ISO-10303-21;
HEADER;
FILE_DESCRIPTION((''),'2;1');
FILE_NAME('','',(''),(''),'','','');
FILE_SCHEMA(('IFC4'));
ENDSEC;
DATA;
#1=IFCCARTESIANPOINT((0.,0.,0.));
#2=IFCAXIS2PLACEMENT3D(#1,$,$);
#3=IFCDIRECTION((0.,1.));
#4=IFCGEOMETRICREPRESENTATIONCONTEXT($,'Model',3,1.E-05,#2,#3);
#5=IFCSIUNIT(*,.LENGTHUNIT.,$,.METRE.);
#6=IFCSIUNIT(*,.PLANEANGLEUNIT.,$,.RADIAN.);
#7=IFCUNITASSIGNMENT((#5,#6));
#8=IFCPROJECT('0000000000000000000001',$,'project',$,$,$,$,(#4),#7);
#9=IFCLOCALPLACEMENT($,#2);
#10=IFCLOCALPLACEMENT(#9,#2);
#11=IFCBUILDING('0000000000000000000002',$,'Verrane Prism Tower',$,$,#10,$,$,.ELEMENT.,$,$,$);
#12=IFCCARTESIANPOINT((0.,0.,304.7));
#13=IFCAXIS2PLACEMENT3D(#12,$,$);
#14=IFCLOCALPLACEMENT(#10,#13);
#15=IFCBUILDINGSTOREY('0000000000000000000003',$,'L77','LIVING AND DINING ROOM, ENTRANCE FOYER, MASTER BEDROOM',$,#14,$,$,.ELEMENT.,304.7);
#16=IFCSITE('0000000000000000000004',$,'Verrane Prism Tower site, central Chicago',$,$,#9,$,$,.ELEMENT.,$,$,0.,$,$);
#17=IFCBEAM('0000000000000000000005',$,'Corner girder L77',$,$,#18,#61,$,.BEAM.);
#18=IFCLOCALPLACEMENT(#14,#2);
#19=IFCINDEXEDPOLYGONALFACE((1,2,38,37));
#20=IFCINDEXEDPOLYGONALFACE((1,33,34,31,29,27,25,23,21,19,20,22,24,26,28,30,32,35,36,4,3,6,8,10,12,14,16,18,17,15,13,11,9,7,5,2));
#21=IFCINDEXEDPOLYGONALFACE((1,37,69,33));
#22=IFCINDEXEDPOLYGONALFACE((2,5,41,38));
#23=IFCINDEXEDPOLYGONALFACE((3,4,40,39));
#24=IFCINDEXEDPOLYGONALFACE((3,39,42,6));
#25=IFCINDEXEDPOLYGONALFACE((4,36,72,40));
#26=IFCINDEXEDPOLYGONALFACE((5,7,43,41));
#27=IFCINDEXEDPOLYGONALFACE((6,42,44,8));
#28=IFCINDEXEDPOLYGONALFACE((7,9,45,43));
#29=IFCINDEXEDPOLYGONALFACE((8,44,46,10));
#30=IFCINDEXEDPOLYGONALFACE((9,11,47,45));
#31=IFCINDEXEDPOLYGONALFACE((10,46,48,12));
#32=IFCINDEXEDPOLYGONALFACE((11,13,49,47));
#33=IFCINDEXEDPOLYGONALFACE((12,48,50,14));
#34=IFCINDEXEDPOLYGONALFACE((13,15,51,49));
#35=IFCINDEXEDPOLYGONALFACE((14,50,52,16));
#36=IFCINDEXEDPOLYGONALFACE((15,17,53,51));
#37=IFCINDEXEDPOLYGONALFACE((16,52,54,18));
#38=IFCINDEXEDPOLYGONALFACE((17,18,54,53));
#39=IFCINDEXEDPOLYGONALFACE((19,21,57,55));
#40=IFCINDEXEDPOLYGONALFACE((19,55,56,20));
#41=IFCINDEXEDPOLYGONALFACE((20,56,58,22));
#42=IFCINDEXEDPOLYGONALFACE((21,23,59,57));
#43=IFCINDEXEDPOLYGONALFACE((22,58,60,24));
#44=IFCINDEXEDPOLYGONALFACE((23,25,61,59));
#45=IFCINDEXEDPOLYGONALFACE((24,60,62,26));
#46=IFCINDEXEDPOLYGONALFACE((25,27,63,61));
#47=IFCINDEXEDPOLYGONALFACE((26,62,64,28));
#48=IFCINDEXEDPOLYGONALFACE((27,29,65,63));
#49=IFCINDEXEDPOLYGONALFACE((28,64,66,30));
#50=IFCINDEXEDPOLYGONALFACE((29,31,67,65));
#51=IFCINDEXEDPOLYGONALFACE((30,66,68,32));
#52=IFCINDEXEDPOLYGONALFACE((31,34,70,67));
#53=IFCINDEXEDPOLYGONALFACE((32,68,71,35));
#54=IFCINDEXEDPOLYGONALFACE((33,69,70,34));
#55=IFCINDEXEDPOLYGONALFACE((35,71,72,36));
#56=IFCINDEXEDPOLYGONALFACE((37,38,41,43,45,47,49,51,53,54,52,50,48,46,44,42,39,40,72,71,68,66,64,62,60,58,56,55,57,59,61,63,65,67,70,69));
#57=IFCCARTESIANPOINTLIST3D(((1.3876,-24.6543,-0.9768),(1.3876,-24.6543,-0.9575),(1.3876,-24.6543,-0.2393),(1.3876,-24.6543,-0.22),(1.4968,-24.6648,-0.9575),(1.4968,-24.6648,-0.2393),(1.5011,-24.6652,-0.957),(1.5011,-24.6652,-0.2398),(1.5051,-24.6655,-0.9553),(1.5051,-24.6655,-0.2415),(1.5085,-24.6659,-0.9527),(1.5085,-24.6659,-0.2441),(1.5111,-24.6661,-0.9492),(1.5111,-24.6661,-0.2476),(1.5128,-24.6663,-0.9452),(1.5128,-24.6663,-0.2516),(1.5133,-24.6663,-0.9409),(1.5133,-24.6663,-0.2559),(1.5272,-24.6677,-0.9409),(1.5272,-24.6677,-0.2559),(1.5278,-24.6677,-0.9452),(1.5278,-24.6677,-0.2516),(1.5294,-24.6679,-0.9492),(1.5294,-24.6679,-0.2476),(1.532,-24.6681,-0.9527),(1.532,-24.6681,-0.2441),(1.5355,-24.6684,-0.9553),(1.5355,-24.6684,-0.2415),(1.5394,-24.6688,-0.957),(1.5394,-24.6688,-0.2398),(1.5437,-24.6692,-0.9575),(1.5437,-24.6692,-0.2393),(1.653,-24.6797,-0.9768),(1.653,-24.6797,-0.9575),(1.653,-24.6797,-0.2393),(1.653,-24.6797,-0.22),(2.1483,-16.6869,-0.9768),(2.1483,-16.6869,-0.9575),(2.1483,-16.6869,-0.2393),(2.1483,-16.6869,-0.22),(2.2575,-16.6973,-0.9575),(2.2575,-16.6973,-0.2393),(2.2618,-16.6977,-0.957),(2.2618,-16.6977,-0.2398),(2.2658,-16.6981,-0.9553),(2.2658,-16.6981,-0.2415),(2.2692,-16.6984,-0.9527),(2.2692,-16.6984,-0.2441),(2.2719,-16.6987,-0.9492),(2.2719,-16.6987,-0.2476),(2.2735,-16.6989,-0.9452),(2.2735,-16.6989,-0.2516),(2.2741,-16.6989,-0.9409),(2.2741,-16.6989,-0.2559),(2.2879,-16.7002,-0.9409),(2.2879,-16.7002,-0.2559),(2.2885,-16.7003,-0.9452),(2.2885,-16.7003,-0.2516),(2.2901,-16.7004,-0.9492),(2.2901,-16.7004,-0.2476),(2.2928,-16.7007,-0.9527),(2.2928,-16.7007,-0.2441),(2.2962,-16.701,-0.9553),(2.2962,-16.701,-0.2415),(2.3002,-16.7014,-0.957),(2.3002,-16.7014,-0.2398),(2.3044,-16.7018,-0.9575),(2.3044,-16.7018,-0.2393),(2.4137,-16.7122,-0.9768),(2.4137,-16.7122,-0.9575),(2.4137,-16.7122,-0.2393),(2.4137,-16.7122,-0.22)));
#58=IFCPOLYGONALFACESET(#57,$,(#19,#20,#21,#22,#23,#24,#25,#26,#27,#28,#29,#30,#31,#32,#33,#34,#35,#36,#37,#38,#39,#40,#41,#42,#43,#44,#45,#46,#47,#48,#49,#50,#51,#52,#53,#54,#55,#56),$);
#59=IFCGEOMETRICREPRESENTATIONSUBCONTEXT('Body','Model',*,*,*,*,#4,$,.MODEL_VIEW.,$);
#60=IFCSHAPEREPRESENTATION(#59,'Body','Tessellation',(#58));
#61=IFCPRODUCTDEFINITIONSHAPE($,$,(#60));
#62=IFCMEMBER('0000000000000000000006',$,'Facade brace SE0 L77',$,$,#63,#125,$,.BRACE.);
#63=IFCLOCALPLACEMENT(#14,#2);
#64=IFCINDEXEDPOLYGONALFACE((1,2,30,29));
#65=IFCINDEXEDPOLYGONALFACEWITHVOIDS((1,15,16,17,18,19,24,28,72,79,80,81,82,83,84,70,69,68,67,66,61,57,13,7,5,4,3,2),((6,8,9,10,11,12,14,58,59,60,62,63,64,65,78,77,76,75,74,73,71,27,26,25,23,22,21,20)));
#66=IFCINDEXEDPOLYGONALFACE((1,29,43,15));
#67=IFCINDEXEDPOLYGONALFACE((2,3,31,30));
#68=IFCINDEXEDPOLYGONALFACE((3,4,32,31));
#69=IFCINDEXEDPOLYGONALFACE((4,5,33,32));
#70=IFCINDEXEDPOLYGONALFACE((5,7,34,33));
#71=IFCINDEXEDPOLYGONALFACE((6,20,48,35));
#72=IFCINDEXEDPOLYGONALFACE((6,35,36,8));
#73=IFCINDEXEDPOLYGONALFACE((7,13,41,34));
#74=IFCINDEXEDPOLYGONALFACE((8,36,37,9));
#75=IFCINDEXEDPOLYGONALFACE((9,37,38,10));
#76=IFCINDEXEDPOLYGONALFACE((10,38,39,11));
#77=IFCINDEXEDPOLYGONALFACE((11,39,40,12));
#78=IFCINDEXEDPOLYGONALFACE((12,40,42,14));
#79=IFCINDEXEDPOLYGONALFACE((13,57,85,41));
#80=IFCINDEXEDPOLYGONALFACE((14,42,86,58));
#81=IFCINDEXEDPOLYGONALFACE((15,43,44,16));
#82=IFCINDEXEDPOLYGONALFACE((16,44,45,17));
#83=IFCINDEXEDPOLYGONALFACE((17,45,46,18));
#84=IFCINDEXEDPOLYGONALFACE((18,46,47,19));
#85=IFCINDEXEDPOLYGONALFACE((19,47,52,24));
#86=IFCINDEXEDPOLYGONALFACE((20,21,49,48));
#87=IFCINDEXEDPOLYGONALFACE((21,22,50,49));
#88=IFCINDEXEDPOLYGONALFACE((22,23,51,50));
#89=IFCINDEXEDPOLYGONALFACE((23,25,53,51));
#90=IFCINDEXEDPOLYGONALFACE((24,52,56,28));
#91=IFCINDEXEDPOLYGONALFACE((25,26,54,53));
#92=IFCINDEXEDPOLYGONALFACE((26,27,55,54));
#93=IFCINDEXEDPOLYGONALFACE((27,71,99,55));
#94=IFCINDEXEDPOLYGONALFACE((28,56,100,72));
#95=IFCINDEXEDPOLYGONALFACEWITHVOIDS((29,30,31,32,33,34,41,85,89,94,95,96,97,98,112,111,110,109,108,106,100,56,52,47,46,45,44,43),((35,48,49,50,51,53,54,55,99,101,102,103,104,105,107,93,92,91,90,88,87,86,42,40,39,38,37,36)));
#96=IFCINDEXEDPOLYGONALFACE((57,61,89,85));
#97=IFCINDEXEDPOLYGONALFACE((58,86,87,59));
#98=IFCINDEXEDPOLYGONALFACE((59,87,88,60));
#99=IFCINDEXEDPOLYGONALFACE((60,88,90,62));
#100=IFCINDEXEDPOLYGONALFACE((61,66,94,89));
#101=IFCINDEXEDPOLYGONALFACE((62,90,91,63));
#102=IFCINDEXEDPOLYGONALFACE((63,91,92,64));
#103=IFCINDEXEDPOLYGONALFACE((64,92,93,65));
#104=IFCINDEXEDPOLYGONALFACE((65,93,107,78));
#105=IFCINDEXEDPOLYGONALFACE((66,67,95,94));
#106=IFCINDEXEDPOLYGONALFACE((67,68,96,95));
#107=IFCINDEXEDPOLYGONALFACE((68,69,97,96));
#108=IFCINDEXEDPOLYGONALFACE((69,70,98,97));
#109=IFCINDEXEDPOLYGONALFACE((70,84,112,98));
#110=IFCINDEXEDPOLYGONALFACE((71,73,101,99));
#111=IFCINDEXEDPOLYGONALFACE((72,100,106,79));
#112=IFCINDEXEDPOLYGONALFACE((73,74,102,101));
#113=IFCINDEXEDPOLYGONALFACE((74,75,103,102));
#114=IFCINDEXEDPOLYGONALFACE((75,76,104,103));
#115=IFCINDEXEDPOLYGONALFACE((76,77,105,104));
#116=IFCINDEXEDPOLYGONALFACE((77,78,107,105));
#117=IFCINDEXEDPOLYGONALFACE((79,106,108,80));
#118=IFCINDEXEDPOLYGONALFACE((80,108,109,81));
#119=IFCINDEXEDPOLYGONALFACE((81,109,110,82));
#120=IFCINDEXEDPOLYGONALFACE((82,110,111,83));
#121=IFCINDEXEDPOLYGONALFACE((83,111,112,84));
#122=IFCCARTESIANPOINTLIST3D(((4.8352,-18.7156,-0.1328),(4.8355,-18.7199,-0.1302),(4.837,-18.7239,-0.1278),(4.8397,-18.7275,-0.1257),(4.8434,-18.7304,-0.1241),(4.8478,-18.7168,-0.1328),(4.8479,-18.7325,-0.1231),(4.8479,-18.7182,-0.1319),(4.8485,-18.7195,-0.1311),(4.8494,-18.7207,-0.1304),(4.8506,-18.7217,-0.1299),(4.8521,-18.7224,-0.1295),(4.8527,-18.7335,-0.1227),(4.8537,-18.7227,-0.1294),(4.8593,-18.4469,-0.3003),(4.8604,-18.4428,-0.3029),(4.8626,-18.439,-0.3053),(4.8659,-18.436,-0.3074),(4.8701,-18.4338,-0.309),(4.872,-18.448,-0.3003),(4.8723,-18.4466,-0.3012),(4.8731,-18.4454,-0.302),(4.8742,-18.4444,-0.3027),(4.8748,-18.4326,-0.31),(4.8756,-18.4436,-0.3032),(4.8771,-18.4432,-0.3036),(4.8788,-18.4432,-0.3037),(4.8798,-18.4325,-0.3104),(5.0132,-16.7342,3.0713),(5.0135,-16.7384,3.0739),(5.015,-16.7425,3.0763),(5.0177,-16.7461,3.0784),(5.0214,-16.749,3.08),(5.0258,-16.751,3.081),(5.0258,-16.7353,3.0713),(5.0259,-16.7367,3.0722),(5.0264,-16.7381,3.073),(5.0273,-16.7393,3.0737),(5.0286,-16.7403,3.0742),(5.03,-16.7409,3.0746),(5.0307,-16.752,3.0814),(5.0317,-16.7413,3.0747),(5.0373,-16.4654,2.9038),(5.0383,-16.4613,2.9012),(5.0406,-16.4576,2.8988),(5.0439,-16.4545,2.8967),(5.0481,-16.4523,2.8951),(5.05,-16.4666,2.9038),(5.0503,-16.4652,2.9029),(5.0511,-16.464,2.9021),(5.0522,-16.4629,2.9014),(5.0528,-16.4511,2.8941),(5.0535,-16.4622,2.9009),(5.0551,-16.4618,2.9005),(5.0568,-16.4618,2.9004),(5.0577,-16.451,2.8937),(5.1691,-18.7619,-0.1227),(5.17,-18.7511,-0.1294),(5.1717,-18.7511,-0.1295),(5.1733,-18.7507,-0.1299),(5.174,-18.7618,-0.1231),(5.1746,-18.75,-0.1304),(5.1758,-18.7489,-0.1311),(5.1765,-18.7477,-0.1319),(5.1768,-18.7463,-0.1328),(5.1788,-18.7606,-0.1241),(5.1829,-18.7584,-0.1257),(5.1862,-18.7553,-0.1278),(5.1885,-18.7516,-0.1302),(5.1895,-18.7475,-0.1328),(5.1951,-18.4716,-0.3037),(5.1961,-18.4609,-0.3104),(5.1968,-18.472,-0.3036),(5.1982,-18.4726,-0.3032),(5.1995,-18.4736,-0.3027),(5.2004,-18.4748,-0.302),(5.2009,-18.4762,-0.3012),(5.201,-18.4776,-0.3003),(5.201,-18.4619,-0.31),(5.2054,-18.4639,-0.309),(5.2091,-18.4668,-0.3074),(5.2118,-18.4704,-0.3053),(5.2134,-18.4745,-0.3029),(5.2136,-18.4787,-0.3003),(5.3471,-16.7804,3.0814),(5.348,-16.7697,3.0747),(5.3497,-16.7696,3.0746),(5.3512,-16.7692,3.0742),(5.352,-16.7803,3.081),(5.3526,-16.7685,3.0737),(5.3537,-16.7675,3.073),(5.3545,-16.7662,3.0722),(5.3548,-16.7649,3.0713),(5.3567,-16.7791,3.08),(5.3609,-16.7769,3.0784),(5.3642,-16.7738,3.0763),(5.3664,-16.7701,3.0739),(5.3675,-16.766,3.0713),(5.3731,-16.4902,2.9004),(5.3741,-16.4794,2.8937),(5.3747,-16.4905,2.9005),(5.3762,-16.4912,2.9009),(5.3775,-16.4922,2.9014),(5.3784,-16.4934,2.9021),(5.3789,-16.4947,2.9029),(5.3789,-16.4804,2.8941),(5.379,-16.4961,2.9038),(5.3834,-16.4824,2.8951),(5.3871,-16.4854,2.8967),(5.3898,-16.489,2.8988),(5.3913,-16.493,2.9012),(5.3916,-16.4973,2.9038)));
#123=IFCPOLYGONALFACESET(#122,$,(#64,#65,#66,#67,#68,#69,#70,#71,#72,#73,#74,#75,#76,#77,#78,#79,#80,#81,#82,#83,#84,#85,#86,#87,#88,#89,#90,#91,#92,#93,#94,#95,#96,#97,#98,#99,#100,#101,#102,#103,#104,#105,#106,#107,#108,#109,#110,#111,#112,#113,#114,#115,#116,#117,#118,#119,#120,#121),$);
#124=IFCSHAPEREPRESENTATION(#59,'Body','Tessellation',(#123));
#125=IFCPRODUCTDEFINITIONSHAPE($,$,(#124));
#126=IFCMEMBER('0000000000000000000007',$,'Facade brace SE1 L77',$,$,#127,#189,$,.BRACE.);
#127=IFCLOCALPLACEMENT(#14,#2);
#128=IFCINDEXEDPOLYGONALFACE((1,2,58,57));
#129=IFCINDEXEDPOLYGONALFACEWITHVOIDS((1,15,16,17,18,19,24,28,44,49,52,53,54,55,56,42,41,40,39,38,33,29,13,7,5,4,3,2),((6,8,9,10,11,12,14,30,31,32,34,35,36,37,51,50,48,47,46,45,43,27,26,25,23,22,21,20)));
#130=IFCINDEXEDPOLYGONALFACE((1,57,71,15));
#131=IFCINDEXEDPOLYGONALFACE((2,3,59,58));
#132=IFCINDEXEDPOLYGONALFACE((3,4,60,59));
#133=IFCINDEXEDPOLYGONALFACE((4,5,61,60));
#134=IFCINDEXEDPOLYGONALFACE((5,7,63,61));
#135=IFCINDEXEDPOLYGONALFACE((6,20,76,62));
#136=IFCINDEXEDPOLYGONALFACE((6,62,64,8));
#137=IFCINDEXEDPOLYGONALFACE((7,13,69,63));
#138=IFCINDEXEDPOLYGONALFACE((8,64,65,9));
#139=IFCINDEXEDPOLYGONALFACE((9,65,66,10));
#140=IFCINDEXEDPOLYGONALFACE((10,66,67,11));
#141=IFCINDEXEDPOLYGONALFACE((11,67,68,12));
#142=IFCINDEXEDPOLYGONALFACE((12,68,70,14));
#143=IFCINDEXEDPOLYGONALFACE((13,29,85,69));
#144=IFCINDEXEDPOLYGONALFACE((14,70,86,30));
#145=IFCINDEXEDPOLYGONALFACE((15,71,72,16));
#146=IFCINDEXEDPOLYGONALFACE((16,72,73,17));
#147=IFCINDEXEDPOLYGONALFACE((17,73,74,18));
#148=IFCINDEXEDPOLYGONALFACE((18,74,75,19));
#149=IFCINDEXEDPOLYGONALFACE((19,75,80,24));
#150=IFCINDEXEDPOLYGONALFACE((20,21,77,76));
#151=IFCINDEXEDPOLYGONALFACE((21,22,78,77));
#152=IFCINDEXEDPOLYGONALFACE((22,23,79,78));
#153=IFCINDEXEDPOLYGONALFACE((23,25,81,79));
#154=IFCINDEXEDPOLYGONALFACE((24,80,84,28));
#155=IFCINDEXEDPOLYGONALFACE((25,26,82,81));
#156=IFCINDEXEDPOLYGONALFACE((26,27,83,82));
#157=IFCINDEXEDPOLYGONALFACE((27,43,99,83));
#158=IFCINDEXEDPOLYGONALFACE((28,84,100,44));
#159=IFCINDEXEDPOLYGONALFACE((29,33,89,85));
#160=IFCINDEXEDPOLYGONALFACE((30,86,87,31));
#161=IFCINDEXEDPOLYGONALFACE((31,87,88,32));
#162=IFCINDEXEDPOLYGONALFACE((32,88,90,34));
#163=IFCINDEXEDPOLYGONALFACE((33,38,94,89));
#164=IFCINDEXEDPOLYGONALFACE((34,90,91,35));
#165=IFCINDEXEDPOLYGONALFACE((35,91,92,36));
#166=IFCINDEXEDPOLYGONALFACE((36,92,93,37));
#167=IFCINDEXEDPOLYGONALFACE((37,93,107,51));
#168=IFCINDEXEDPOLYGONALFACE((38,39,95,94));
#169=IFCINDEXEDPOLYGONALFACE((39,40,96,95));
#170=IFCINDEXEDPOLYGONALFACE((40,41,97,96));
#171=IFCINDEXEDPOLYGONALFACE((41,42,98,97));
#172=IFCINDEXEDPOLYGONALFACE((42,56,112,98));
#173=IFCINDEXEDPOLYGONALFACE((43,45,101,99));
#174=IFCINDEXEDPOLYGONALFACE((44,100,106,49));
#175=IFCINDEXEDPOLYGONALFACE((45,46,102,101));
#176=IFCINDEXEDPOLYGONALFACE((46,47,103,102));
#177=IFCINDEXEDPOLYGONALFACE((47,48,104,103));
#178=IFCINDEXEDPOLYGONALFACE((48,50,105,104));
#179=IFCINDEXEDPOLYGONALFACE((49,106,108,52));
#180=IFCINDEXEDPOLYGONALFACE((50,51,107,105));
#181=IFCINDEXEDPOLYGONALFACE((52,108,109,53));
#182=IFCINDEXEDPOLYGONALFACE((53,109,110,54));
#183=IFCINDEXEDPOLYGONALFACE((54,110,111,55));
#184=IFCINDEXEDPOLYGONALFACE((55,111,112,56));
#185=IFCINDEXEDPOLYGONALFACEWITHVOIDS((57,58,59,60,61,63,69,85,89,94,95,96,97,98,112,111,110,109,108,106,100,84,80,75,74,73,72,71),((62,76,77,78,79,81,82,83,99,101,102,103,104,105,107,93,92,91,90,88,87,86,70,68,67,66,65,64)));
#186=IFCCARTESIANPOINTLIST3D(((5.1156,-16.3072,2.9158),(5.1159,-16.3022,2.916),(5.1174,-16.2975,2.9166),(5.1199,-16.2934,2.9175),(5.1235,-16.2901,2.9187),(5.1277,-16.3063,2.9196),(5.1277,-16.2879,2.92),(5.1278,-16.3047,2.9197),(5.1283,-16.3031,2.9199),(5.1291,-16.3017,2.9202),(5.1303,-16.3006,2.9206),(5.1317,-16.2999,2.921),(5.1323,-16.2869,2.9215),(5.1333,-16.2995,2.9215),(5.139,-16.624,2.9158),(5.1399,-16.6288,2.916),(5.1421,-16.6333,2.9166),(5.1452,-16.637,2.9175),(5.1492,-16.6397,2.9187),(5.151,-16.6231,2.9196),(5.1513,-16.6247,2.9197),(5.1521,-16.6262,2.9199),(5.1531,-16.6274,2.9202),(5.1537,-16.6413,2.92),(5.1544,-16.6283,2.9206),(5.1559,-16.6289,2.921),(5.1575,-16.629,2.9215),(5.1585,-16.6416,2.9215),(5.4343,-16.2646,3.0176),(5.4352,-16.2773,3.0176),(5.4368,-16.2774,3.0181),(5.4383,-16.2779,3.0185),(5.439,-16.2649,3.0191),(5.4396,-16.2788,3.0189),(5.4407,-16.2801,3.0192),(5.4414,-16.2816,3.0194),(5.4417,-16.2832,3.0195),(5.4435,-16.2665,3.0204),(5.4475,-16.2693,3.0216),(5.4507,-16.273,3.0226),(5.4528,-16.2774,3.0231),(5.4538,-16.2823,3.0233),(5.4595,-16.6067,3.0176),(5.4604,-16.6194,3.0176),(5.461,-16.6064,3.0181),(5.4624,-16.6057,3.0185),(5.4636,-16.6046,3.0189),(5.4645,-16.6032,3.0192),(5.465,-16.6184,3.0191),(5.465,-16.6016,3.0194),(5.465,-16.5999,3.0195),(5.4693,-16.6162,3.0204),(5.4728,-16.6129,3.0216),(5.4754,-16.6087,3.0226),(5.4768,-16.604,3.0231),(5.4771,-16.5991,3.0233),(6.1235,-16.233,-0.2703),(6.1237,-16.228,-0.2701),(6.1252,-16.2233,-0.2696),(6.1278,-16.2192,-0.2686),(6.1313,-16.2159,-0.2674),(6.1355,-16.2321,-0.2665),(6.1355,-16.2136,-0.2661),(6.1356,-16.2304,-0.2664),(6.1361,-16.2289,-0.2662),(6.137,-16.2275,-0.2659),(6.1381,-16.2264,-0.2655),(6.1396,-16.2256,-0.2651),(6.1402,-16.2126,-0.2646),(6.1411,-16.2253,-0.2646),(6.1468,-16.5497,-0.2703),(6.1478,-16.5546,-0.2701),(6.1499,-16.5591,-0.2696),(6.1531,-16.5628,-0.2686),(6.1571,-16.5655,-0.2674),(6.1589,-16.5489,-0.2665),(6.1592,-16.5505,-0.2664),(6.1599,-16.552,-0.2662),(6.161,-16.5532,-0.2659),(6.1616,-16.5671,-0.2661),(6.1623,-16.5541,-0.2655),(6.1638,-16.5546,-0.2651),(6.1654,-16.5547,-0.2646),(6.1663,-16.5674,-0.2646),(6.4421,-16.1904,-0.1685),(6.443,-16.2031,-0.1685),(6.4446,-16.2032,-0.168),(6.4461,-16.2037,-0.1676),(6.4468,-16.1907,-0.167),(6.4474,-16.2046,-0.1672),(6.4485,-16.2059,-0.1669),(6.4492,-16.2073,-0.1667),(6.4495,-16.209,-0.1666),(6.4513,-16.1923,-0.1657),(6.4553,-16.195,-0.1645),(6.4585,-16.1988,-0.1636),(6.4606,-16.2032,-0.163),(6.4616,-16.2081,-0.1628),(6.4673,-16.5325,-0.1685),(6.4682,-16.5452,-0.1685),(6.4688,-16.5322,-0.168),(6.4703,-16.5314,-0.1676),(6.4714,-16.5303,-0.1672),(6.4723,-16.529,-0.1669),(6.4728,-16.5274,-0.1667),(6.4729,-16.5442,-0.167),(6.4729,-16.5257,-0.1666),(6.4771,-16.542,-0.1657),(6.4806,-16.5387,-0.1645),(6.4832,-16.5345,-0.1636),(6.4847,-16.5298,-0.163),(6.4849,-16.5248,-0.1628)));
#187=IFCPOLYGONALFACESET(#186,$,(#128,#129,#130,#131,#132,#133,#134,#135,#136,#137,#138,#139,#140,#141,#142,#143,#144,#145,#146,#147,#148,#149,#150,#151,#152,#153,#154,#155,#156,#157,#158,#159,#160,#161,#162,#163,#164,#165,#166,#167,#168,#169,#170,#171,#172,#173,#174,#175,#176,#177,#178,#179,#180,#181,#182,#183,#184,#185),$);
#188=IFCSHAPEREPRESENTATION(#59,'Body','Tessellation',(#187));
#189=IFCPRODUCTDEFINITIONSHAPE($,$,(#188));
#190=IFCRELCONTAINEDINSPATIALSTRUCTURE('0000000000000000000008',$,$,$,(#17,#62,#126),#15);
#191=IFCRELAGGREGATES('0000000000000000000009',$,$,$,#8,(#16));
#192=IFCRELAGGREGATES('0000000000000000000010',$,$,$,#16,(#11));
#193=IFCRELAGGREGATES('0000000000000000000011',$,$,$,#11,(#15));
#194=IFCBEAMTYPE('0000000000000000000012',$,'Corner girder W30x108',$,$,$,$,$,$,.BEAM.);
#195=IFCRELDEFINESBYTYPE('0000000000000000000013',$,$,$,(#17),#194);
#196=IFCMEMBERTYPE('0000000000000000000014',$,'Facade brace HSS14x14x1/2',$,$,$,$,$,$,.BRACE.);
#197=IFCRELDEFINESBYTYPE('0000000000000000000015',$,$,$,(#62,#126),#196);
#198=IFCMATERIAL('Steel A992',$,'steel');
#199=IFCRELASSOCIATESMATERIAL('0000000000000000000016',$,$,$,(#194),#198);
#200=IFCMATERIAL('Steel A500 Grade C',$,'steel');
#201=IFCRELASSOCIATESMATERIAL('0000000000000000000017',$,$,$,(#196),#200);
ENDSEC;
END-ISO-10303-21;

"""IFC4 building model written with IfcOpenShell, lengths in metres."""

from ifc_helpers import new_model, si_unit, direction, frame, origin, origin_2d, place, context, subcontext, project, spatial, hollow_rectangle, i_section, extrude, material, material_profile, profile_set, type_object, element, save


model = new_model("IFC4")

# Units and contexts
model_context = context("Model", 3, precision=1e-05, world=origin(), true_north=direction((0.0, 1.0)))
body_context = subcontext(model_context, "Body", "Model", "MODEL_VIEW")
ifc_project = project(units=[si_unit("LENGTHUNIT", "METRE"), si_unit("PLANEANGLEUNIT", "RADIAN")], contexts=[model_context])

# Site, building, storey
site_placement = place(None, origin())
site = spatial("IfcSite", under=ifc_project, at=site_placement, Name="Verrane Prism Tower site, central Chicago", CompositionType="ELEMENT", RefElevation=0.0)
building_placement = place(site_placement, origin())
building = spatial("IfcBuilding", under=site, at=building_placement, Name="Verrane Prism Tower", CompositionType="ELEMENT")
storey_placement = place(building_placement, frame((0.0, 0.0, 304.7)))
storey = spatial("IfcBuildingStorey", under=building, at=storey_placement, Name="L77", Description="LIVING AND DINING ROOM, ENTRANCE FOYER, MASTER BEDROOM", CompositionType="ELEMENT", Elevation=304.7)

# Beam
ifc_material_1 = material(Name="Steel A992", Category="steel")
ifc_material_profile_1 = material_profile(ifc_material_1, i_section(OverallWidth=0.2666, OverallDepth=0.7568, WebThickness=0.0139, FlangeThickness=0.0193, FilletRadius=0.0166, at=origin_2d()), Name="W30x108")
ifc_profile_set_1 = profile_set([ifc_material_profile_1], Name="Steel A992")
beam_type_1 = type_object("IfcBeamType", Name="Corner girder W30x108", PredefinedType="BEAM", material=ifc_profile_set_1)
beam_1_placement = place(storey_placement, frame((1.5203, -24.667, -0.5984), z_axis=(0.095048, 0.995473, 0.0), x_axis=(-0.995473, 0.095048, 0.0)))
element("IfcBeam", 1, at=beam_1_placement, inside=storey, type_object=beam_type_1, Name="Corner girder L77", PredefinedType="BEAM", context=body_context, shape_type="SweptSolid", body=[
    extrude(i_section(OverallWidth=0.2666, OverallDepth=0.7568, WebThickness=0.0139, FlangeThickness=0.0193, FilletRadius=0.0166, at=origin_2d()), origin(), (0.0, 0.0, 1.0), 8.0037),
])

# Members
ifc_material_2 = material(Name="Steel A500 Grade C", Category="steel")
ifc_material_profile_2 = material_profile(ifc_material_2, hollow_rectangle(XDim=0.3557, YDim=0.3557, WallThickness=0.0127, InnerFilletRadius=0.0063, OuterFilletRadius=0.019, at=origin_2d()), Name="HSS14x14x1/2")
ifc_profile_set_2 = profile_set([ifc_material_profile_2], Name="Steel A500 Grade C")
member_type_1 = type_object("IfcMemberType", Name="Facade brace HSS14x14x1/2", PredefinedType="BRACE", material=ifc_profile_set_2)
member_1_placement = place(storey_placement, frame((5.0244, -18.5972, -0.2166), z_axis=(0.047191, 0.525376, 0.849561), x_axis=(-0.99599, 0.089462, 0.0)))
element("IfcMember", 2, at=member_1_placement, inside=storey, type_object=member_type_1, Name="Facade brace SE0 L77", PredefinedType="BRACE", context=body_context, shape_type="SweptSolid", body=[
    extrude(hollow_rectangle(XDim=0.3557, YDim=0.3557, WallThickness=0.0127, InnerFilletRadius=0.0063, OuterFilletRadius=0.019, at=origin_2d()), origin(), (0.0, 0.0, 1.0), 3.7715),
])
member_2_placement = place(storey_placement, frame((6.3042, -16.3789, -0.2166), z_axis=(-0.301519, -0.022205, 0.953202), x_axis=(0.073445, -0.997299, 0.0)))
element("IfcMember", 3, at=member_2_placement, inside=storey, type_object=member_type_1, Name="Facade brace SE1 L77", PredefinedType="BRACE", context=body_context, shape_type="SweptSolid", body=[
    extrude(hollow_rectangle(XDim=0.3557, YDim=0.3557, WallThickness=0.0127, InnerFilletRadius=0.0063, OuterFilletRadius=0.019, at=origin_2d()), origin(), (0.0, 0.0, 1.0), 3.3425),
])

save(model, "model.ifc")
